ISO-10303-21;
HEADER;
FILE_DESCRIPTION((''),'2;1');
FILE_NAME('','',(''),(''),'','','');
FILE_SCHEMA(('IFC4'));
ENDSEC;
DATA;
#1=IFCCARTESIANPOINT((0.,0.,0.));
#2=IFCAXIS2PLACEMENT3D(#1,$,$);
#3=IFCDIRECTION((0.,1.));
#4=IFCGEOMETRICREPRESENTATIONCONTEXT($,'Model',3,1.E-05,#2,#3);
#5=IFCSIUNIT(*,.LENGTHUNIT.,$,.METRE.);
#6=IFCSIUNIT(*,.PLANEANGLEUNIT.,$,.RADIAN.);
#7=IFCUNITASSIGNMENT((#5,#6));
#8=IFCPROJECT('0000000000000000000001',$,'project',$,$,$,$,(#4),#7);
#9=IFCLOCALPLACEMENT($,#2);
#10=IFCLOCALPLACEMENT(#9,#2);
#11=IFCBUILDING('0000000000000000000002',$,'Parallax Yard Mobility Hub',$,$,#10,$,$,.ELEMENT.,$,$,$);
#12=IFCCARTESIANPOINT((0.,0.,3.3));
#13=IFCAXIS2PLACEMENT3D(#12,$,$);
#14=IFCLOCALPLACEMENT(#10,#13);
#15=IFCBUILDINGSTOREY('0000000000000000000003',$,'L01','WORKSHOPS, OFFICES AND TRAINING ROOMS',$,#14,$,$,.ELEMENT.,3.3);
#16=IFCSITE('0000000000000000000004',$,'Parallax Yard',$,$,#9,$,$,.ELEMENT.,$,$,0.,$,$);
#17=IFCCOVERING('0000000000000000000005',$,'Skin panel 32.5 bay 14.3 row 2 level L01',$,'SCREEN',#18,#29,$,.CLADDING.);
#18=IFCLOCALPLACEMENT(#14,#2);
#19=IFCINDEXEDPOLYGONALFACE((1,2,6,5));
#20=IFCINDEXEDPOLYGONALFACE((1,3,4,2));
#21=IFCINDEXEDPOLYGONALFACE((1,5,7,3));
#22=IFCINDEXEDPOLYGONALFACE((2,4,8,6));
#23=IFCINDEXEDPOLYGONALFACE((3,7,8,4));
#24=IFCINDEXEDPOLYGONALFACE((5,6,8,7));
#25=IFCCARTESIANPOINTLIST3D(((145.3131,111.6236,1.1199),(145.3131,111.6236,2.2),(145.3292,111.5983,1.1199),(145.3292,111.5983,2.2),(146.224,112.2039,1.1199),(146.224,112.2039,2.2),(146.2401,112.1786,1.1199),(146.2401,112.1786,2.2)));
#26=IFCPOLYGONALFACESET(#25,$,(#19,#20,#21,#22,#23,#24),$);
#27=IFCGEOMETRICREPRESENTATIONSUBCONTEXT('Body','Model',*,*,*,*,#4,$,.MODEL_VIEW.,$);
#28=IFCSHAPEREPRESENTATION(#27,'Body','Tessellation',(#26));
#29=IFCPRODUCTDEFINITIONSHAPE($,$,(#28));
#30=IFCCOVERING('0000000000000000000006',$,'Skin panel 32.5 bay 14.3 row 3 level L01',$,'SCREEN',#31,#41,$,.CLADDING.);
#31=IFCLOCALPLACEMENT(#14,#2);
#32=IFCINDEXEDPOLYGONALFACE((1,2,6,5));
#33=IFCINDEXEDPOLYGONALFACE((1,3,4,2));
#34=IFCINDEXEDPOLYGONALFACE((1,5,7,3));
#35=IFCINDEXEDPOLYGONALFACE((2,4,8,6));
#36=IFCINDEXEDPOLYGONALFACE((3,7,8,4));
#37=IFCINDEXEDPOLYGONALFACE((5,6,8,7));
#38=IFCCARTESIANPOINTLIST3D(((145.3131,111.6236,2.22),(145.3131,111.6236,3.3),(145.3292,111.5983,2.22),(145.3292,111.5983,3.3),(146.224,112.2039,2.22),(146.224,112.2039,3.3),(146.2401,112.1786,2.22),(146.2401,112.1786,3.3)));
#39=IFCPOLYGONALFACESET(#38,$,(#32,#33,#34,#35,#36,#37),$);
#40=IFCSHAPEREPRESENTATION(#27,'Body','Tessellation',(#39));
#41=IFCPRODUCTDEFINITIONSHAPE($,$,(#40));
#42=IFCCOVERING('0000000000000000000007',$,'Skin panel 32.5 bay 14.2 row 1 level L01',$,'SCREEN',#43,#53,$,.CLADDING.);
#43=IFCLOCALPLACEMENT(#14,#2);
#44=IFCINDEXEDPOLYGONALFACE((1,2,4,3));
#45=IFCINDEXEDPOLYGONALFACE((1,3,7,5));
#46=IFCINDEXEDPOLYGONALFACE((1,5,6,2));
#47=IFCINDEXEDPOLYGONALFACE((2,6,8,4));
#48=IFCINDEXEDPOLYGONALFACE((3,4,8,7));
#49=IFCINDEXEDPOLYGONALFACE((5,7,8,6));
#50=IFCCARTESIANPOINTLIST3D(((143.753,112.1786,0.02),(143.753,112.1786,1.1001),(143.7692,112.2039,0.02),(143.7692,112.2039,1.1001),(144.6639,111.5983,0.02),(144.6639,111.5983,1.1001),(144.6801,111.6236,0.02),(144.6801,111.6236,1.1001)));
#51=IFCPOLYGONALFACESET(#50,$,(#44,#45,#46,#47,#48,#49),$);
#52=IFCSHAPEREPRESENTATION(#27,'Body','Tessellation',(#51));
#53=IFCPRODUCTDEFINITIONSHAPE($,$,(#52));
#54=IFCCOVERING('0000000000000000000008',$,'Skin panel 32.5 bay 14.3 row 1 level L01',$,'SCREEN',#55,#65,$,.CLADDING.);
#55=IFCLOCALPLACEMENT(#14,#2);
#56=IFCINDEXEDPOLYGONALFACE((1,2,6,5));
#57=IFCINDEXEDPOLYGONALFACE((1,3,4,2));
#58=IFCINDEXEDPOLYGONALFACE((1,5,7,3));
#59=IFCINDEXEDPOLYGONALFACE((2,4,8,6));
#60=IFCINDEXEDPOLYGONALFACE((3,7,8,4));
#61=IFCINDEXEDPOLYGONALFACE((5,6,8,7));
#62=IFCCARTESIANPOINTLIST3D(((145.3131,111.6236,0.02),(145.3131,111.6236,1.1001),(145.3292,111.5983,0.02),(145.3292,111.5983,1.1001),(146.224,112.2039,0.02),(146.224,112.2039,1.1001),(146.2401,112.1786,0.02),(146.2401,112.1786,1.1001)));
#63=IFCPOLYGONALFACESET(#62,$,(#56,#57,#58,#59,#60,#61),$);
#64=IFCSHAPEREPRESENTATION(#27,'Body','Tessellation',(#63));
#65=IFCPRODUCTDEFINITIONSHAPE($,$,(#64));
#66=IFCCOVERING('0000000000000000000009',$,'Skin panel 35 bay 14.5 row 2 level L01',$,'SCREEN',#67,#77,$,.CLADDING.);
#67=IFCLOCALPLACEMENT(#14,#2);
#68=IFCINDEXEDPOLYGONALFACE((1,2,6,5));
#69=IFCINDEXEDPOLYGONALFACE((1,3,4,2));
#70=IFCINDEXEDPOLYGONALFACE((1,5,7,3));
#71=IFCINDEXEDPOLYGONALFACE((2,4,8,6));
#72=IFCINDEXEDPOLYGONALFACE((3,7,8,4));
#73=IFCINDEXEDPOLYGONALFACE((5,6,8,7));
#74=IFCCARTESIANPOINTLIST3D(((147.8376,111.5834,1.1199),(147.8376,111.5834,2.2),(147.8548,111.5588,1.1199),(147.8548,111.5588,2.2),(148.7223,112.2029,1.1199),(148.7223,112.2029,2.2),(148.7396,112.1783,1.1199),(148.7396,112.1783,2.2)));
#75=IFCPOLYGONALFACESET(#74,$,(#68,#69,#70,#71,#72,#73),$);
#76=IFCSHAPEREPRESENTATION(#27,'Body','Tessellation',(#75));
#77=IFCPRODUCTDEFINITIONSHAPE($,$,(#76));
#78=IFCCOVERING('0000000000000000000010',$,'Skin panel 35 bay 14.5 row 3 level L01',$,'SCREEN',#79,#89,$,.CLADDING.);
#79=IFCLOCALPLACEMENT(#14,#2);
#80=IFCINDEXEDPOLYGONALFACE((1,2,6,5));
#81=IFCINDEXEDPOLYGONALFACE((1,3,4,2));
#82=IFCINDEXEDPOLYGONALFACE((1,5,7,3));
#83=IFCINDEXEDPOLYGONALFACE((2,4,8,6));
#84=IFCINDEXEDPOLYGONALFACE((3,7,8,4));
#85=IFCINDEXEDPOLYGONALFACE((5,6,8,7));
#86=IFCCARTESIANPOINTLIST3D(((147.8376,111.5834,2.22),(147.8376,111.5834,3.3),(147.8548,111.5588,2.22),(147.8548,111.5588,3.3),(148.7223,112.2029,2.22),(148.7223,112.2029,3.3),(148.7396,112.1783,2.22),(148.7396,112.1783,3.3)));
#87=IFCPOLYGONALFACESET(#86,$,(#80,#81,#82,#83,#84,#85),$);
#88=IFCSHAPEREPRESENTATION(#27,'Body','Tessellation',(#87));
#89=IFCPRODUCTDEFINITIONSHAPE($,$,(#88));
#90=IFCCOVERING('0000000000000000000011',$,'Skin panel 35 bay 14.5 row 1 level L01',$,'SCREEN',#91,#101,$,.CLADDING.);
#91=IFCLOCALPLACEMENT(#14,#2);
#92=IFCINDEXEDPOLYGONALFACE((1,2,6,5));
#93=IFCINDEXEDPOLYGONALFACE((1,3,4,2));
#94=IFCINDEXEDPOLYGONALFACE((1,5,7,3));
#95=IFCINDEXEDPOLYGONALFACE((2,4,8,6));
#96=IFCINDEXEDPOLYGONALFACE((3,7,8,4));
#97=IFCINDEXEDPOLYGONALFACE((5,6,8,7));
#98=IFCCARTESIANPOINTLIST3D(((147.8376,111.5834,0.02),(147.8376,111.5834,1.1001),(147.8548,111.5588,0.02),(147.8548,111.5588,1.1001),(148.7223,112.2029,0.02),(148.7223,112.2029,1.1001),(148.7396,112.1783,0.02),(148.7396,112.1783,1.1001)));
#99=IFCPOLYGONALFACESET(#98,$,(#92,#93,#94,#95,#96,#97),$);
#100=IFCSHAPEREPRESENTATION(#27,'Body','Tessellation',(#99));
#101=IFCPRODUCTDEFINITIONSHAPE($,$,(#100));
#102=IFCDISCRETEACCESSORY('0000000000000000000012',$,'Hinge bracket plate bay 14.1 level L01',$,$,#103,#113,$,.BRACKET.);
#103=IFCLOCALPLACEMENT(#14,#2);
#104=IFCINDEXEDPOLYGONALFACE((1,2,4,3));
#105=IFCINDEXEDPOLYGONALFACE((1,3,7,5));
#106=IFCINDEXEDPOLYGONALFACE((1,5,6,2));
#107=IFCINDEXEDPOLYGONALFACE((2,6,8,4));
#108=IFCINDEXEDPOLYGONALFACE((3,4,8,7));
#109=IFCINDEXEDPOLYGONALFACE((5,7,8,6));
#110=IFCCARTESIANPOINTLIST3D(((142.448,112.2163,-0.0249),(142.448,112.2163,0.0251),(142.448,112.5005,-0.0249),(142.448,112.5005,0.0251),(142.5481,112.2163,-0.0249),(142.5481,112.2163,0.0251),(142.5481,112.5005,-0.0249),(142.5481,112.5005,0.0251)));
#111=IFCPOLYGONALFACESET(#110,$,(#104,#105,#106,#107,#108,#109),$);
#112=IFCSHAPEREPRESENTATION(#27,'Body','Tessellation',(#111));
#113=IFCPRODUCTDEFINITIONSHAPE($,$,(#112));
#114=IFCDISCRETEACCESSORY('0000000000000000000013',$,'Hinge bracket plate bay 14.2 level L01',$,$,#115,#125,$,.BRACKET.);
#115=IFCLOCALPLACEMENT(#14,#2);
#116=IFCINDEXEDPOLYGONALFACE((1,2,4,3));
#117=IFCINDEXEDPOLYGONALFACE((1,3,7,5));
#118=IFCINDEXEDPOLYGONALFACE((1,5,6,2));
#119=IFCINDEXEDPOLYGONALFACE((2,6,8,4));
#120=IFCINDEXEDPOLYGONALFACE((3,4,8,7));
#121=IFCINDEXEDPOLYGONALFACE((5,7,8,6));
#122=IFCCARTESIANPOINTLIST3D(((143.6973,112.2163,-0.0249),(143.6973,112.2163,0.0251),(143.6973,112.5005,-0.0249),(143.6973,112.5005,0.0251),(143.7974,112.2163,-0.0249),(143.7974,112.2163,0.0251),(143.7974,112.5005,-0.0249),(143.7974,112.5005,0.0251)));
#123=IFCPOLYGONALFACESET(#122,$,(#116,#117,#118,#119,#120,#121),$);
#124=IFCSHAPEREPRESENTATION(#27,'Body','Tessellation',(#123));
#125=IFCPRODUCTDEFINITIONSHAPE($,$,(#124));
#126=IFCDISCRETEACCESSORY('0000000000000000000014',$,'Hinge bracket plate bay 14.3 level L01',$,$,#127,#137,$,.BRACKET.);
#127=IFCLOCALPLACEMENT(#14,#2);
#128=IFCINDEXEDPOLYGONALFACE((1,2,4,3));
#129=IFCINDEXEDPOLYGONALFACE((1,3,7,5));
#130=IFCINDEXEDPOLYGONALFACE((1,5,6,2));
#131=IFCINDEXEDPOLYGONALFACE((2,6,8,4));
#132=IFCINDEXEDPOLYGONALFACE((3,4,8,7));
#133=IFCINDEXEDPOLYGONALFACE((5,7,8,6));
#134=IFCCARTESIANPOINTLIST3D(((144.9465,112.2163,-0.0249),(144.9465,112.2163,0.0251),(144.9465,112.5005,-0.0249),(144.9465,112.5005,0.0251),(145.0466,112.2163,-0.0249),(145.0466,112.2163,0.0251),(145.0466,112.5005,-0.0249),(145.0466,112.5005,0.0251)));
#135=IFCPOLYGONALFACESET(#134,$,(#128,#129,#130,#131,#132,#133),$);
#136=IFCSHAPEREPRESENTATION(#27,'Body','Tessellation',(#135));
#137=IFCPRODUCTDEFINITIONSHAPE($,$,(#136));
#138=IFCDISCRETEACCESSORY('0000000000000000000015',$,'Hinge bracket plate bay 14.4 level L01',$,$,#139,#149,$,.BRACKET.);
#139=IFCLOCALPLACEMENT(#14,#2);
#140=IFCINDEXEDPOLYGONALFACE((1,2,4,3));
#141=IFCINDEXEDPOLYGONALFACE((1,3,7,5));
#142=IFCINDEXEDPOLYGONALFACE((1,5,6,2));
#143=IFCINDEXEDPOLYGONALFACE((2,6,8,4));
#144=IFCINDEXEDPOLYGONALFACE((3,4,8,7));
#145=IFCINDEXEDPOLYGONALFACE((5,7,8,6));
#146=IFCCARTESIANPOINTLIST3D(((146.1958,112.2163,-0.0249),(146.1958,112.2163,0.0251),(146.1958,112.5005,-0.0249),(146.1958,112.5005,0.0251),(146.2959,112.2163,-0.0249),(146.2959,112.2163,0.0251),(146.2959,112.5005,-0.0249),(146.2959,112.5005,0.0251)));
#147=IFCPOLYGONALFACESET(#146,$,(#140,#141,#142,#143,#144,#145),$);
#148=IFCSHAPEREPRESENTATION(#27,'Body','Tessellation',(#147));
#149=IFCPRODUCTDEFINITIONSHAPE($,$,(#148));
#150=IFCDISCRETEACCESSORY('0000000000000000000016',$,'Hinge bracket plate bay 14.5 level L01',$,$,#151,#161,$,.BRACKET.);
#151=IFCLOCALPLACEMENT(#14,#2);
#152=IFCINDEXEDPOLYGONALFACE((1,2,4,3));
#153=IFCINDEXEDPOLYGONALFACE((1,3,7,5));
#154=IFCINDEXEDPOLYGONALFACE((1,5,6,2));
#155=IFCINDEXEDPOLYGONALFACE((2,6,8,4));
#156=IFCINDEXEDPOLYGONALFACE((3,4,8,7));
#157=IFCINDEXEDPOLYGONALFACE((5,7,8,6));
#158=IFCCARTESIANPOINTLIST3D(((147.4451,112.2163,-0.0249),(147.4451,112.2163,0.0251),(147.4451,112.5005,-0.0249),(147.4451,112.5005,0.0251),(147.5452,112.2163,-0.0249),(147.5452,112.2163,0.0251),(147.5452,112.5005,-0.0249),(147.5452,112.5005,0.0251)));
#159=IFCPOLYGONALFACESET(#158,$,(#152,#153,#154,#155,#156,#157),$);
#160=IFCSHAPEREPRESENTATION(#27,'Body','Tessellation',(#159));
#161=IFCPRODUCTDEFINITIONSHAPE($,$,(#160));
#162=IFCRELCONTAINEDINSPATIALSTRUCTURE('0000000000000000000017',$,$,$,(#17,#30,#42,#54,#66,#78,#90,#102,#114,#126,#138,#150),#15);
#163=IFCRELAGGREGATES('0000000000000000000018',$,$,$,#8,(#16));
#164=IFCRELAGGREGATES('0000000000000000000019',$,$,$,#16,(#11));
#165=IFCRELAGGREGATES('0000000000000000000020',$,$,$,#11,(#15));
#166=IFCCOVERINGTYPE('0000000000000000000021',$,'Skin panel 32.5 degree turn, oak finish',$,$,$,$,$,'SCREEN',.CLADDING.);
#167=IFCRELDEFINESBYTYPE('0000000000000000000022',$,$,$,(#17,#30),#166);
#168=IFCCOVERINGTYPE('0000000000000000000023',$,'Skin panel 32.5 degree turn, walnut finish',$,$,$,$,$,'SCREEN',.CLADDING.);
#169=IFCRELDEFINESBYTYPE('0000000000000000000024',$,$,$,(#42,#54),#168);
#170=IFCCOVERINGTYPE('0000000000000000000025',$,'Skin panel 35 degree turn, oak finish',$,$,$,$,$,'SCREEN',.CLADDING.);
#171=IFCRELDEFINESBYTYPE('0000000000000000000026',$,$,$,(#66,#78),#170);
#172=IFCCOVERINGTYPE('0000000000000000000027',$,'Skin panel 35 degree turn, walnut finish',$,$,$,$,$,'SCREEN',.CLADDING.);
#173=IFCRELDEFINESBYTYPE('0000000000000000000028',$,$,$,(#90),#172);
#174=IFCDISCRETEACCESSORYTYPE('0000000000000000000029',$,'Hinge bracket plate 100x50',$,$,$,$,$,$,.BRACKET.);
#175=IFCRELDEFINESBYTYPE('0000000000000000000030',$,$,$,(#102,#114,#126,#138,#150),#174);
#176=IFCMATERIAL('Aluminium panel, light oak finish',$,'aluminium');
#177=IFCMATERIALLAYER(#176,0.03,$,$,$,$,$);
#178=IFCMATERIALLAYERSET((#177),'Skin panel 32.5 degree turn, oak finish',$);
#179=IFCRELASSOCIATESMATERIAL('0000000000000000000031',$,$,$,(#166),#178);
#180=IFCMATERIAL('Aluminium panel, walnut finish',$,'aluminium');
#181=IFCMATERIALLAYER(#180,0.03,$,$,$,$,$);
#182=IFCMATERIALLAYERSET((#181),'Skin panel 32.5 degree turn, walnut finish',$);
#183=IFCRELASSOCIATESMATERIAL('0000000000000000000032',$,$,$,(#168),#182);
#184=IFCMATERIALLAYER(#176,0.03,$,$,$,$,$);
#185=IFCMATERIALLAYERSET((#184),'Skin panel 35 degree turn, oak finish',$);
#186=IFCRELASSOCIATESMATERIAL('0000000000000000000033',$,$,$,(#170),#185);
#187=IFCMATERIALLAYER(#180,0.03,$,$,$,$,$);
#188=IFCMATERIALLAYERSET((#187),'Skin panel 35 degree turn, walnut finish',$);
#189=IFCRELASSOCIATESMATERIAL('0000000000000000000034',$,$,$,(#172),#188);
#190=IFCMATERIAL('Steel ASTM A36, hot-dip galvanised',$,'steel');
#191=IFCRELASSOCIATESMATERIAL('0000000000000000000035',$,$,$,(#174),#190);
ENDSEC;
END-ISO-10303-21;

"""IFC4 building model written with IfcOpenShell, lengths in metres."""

from ifc_helpers import new_model, si_unit, direction, frame, origin, origin_2d, place, context, subcontext, project, spatial, rectangle, extrude, material, layer, layer_set, type_object, element, save


model = new_model("IFC4")

# Units and contexts
model_context = context("Model", 3, precision=1e-05, world=origin(), true_north=direction((0.0, 1.0)))
body_context = subcontext(model_context, "Body", "Model", "MODEL_VIEW")
ifc_project = project(units=[si_unit("LENGTHUNIT", "METRE"), si_unit("PLANEANGLEUNIT", "RADIAN")], contexts=[model_context])

# Site, building, storey
site_placement = place(None, origin())
site = spatial("IfcSite", under=ifc_project, at=site_placement, Name="Parallax Yard", CompositionType="ELEMENT", RefElevation=0.0)
building_placement = place(site_placement, origin())
building = spatial("IfcBuilding", under=site, at=building_placement, Name="Parallax Yard Mobility Hub", CompositionType="ELEMENT")
storey_placement = place(building_placement, frame((0.0, 0.0, 3.3)))
storey = spatial("IfcBuildingStorey", under=building, at=storey_placement, Name="L01", Description="WORKSHOPS, OFFICES AND TRAINING ROOMS", CompositionType="ELEMENT", Elevation=3.3)

# Coverings
ifc_material_1 = material(Name="Aluminium panel, light oak finish", Category="aluminium")
ifc_material_2 = material(Name="Aluminium panel, walnut finish", Category="aluminium")
ifc_layer_1 = layer(ifc_material_1, 0.03)
ifc_layer_set_1 = layer_set([ifc_layer_1], Name="Skin panel 32.5 degree turn, oak finish")
covering_type_1 = type_object("IfcCoveringType", Name="Skin panel 32.5 degree turn, oak finish", ElementType="SCREEN", PredefinedType="CLADDING", material=ifc_layer_set_1)
for number, where, z_axis, x_axis, name in (
    (1, (145.7766, 111.9011, 1.1199), (0.0, 0.0, 1.0), (-0.843391, -0.5373, 0.0), "Skin panel 32.5 bay 14.3 row 2 level L01"),
    (2, (145.7766, 111.9011, 2.22), (0.0, 0.0, 1.0), (-0.843391, -0.5373, 0.0), "Skin panel 32.5 bay 14.3 row 3 level L01"),
):
    element("IfcCovering", number, at=place(storey_placement, frame(where, z_axis=z_axis, x_axis=x_axis)), inside=storey, type_object=covering_type_1, Name=name, ObjectType="SCREEN", PredefinedType="CLADDING", context=body_context, shape_type="SweptSolid", body=[
        extrude(rectangle(XDim=1.0801, YDim=0.03, at=origin_2d()), origin(), (0.0, 0.0, 1.0), 1.0801),
    ])
ifc_layer_2 = layer(ifc_material_2, 0.03)
ifc_layer_set_2 = layer_set([ifc_layer_2], Name="Skin panel 32.5 degree turn, walnut finish")
covering_type_2 = type_object("IfcCoveringType", Name="Skin panel 32.5 degree turn, walnut finish", ElementType="SCREEN", PredefinedType="CLADDING", material=ifc_layer_set_2)
for number, where, z_axis, x_axis, name in (
    (3, (144.2166, 111.9011, 0.02), (0.0, 0.0, 1.0), (0.843391, -0.5373, 0.0), "Skin panel 32.5 bay 14.2 row 1 level L01"),
    (4, (145.7766, 111.9011, 0.02), (0.0, 0.0, 1.0), (-0.843391, -0.5373, 0.0), "Skin panel 32.5 bay 14.3 row 1 level L01"),
):
    element("IfcCovering", number, at=place(storey_placement, frame(where, z_axis=z_axis, x_axis=x_axis)), inside=storey, type_object=covering_type_2, Name=name, ObjectType="SCREEN", PredefinedType="CLADDING", context=body_context, shape_type="SweptSolid", body=[
        extrude(rectangle(XDim=1.0801, YDim=0.03, at=origin_2d()), origin(), (0.0, 0.0, 1.0), 1.0801),
    ])
ifc_layer_3 = layer(ifc_material_1, 0.03)
ifc_layer_set_3 = layer_set([ifc_layer_3], Name="Skin panel 35 degree turn, oak finish")
covering_type_3 = type_object("IfcCoveringType", Name="Skin panel 35 degree turn, oak finish", ElementType="SCREEN", PredefinedType="CLADDING", material=ifc_layer_set_3)
for number, where, z_axis, x_axis, name in (
    (5, (148.2886, 111.8809, 1.1199), (0.0, 0.0, 1.0), (-0.819152, -0.573576, 0.0), "Skin panel 35 bay 14.5 row 2 level L01"),
    (6, (148.2886, 111.8809, 2.22), (0.0, 0.0, 1.0), (-0.819152, -0.573576, 0.0), "Skin panel 35 bay 14.5 row 3 level L01"),
):
    element("IfcCovering", number, at=place(storey_placement, frame(where, z_axis=z_axis, x_axis=x_axis)), inside=storey, type_object=covering_type_3, Name=name, ObjectType="SCREEN", PredefinedType="CLADDING", context=body_context, shape_type="SweptSolid", body=[
        extrude(rectangle(XDim=1.0801, YDim=0.03, at=origin_2d()), origin(), (0.0, 0.0, 1.0), 1.0801),
    ])
ifc_layer_4 = layer(ifc_material_2, 0.03)
ifc_layer_set_4 = layer_set([ifc_layer_4], Name="Skin panel 35 degree turn, walnut finish")
covering_type_4 = type_object("IfcCoveringType", Name="Skin panel 35 degree turn, walnut finish", ElementType="SCREEN", PredefinedType="CLADDING", material=ifc_layer_set_4)
covering_1_placement = place(storey_placement, frame((148.2886, 111.8809, 0.02), z_axis=(0.0, 0.0, 1.0), x_axis=(-0.819152, -0.573576, 0.0)))
element("IfcCovering", 7, at=covering_1_placement, inside=storey, type_object=covering_type_4, Name="Skin panel 35 bay 14.5 row 1 level L01", ObjectType="SCREEN", PredefinedType="CLADDING", context=body_context, shape_type="SweptSolid", body=[
    extrude(rectangle(XDim=1.0801, YDim=0.03, at=origin_2d()), origin(), (0.0, 0.0, 1.0), 1.0801),
])

# Discrete accessories
ifc_material_3 = material(Name="Steel ASTM A36, hot-dip galvanised", Category="steel")
discrete_accessory_type_1 = type_object("IfcDiscreteAccessoryType", Name="Hinge bracket plate 100x50", PredefinedType="BRACKET", material=ifc_material_3)
for number, where, z_axis, x_axis, name in (
    (8, (142.498, 112.3584, -0.0249), (0.0, 0.0, 1.0), (0.0, -1.0, 0.0), "Hinge bracket plate bay 14.1 level L01"),
    (9, (143.7473, 112.3584, -0.0249), (0.0, 0.0, 1.0), (0.0, -1.0, 0.0), "Hinge bracket plate bay 14.2 level L01"),
    (10, (144.9966, 112.3584, -0.0249), (0.0, 0.0, 1.0), (0.0, -1.0, 0.0), "Hinge bracket plate bay 14.3 level L01"),
    (11, (146.2458, 112.3584, -0.0249), (0.0, 0.0, 1.0), (0.0, -1.0, 0.0), "Hinge bracket plate bay 14.4 level L01"),
    (12, (147.4951, 112.3584, -0.0249), (0.0, 0.0, 1.0), (0.0, -1.0, 0.0), "Hinge bracket plate bay 14.5 level L01"),
):
    element("IfcDiscreteAccessory", number, at=place(storey_placement, frame(where, z_axis=z_axis, x_axis=x_axis)), inside=storey, type_object=discrete_accessory_type_1, Name=name, PredefinedType="BRACKET", context=body_context, shape_type="SweptSolid", body=[
        extrude(rectangle(XDim=0.2842, YDim=0.1001, at=origin_2d()), origin(), (0.0, 0.0, 1.0), 0.05),
    ])

save(model, "model.ifc")
